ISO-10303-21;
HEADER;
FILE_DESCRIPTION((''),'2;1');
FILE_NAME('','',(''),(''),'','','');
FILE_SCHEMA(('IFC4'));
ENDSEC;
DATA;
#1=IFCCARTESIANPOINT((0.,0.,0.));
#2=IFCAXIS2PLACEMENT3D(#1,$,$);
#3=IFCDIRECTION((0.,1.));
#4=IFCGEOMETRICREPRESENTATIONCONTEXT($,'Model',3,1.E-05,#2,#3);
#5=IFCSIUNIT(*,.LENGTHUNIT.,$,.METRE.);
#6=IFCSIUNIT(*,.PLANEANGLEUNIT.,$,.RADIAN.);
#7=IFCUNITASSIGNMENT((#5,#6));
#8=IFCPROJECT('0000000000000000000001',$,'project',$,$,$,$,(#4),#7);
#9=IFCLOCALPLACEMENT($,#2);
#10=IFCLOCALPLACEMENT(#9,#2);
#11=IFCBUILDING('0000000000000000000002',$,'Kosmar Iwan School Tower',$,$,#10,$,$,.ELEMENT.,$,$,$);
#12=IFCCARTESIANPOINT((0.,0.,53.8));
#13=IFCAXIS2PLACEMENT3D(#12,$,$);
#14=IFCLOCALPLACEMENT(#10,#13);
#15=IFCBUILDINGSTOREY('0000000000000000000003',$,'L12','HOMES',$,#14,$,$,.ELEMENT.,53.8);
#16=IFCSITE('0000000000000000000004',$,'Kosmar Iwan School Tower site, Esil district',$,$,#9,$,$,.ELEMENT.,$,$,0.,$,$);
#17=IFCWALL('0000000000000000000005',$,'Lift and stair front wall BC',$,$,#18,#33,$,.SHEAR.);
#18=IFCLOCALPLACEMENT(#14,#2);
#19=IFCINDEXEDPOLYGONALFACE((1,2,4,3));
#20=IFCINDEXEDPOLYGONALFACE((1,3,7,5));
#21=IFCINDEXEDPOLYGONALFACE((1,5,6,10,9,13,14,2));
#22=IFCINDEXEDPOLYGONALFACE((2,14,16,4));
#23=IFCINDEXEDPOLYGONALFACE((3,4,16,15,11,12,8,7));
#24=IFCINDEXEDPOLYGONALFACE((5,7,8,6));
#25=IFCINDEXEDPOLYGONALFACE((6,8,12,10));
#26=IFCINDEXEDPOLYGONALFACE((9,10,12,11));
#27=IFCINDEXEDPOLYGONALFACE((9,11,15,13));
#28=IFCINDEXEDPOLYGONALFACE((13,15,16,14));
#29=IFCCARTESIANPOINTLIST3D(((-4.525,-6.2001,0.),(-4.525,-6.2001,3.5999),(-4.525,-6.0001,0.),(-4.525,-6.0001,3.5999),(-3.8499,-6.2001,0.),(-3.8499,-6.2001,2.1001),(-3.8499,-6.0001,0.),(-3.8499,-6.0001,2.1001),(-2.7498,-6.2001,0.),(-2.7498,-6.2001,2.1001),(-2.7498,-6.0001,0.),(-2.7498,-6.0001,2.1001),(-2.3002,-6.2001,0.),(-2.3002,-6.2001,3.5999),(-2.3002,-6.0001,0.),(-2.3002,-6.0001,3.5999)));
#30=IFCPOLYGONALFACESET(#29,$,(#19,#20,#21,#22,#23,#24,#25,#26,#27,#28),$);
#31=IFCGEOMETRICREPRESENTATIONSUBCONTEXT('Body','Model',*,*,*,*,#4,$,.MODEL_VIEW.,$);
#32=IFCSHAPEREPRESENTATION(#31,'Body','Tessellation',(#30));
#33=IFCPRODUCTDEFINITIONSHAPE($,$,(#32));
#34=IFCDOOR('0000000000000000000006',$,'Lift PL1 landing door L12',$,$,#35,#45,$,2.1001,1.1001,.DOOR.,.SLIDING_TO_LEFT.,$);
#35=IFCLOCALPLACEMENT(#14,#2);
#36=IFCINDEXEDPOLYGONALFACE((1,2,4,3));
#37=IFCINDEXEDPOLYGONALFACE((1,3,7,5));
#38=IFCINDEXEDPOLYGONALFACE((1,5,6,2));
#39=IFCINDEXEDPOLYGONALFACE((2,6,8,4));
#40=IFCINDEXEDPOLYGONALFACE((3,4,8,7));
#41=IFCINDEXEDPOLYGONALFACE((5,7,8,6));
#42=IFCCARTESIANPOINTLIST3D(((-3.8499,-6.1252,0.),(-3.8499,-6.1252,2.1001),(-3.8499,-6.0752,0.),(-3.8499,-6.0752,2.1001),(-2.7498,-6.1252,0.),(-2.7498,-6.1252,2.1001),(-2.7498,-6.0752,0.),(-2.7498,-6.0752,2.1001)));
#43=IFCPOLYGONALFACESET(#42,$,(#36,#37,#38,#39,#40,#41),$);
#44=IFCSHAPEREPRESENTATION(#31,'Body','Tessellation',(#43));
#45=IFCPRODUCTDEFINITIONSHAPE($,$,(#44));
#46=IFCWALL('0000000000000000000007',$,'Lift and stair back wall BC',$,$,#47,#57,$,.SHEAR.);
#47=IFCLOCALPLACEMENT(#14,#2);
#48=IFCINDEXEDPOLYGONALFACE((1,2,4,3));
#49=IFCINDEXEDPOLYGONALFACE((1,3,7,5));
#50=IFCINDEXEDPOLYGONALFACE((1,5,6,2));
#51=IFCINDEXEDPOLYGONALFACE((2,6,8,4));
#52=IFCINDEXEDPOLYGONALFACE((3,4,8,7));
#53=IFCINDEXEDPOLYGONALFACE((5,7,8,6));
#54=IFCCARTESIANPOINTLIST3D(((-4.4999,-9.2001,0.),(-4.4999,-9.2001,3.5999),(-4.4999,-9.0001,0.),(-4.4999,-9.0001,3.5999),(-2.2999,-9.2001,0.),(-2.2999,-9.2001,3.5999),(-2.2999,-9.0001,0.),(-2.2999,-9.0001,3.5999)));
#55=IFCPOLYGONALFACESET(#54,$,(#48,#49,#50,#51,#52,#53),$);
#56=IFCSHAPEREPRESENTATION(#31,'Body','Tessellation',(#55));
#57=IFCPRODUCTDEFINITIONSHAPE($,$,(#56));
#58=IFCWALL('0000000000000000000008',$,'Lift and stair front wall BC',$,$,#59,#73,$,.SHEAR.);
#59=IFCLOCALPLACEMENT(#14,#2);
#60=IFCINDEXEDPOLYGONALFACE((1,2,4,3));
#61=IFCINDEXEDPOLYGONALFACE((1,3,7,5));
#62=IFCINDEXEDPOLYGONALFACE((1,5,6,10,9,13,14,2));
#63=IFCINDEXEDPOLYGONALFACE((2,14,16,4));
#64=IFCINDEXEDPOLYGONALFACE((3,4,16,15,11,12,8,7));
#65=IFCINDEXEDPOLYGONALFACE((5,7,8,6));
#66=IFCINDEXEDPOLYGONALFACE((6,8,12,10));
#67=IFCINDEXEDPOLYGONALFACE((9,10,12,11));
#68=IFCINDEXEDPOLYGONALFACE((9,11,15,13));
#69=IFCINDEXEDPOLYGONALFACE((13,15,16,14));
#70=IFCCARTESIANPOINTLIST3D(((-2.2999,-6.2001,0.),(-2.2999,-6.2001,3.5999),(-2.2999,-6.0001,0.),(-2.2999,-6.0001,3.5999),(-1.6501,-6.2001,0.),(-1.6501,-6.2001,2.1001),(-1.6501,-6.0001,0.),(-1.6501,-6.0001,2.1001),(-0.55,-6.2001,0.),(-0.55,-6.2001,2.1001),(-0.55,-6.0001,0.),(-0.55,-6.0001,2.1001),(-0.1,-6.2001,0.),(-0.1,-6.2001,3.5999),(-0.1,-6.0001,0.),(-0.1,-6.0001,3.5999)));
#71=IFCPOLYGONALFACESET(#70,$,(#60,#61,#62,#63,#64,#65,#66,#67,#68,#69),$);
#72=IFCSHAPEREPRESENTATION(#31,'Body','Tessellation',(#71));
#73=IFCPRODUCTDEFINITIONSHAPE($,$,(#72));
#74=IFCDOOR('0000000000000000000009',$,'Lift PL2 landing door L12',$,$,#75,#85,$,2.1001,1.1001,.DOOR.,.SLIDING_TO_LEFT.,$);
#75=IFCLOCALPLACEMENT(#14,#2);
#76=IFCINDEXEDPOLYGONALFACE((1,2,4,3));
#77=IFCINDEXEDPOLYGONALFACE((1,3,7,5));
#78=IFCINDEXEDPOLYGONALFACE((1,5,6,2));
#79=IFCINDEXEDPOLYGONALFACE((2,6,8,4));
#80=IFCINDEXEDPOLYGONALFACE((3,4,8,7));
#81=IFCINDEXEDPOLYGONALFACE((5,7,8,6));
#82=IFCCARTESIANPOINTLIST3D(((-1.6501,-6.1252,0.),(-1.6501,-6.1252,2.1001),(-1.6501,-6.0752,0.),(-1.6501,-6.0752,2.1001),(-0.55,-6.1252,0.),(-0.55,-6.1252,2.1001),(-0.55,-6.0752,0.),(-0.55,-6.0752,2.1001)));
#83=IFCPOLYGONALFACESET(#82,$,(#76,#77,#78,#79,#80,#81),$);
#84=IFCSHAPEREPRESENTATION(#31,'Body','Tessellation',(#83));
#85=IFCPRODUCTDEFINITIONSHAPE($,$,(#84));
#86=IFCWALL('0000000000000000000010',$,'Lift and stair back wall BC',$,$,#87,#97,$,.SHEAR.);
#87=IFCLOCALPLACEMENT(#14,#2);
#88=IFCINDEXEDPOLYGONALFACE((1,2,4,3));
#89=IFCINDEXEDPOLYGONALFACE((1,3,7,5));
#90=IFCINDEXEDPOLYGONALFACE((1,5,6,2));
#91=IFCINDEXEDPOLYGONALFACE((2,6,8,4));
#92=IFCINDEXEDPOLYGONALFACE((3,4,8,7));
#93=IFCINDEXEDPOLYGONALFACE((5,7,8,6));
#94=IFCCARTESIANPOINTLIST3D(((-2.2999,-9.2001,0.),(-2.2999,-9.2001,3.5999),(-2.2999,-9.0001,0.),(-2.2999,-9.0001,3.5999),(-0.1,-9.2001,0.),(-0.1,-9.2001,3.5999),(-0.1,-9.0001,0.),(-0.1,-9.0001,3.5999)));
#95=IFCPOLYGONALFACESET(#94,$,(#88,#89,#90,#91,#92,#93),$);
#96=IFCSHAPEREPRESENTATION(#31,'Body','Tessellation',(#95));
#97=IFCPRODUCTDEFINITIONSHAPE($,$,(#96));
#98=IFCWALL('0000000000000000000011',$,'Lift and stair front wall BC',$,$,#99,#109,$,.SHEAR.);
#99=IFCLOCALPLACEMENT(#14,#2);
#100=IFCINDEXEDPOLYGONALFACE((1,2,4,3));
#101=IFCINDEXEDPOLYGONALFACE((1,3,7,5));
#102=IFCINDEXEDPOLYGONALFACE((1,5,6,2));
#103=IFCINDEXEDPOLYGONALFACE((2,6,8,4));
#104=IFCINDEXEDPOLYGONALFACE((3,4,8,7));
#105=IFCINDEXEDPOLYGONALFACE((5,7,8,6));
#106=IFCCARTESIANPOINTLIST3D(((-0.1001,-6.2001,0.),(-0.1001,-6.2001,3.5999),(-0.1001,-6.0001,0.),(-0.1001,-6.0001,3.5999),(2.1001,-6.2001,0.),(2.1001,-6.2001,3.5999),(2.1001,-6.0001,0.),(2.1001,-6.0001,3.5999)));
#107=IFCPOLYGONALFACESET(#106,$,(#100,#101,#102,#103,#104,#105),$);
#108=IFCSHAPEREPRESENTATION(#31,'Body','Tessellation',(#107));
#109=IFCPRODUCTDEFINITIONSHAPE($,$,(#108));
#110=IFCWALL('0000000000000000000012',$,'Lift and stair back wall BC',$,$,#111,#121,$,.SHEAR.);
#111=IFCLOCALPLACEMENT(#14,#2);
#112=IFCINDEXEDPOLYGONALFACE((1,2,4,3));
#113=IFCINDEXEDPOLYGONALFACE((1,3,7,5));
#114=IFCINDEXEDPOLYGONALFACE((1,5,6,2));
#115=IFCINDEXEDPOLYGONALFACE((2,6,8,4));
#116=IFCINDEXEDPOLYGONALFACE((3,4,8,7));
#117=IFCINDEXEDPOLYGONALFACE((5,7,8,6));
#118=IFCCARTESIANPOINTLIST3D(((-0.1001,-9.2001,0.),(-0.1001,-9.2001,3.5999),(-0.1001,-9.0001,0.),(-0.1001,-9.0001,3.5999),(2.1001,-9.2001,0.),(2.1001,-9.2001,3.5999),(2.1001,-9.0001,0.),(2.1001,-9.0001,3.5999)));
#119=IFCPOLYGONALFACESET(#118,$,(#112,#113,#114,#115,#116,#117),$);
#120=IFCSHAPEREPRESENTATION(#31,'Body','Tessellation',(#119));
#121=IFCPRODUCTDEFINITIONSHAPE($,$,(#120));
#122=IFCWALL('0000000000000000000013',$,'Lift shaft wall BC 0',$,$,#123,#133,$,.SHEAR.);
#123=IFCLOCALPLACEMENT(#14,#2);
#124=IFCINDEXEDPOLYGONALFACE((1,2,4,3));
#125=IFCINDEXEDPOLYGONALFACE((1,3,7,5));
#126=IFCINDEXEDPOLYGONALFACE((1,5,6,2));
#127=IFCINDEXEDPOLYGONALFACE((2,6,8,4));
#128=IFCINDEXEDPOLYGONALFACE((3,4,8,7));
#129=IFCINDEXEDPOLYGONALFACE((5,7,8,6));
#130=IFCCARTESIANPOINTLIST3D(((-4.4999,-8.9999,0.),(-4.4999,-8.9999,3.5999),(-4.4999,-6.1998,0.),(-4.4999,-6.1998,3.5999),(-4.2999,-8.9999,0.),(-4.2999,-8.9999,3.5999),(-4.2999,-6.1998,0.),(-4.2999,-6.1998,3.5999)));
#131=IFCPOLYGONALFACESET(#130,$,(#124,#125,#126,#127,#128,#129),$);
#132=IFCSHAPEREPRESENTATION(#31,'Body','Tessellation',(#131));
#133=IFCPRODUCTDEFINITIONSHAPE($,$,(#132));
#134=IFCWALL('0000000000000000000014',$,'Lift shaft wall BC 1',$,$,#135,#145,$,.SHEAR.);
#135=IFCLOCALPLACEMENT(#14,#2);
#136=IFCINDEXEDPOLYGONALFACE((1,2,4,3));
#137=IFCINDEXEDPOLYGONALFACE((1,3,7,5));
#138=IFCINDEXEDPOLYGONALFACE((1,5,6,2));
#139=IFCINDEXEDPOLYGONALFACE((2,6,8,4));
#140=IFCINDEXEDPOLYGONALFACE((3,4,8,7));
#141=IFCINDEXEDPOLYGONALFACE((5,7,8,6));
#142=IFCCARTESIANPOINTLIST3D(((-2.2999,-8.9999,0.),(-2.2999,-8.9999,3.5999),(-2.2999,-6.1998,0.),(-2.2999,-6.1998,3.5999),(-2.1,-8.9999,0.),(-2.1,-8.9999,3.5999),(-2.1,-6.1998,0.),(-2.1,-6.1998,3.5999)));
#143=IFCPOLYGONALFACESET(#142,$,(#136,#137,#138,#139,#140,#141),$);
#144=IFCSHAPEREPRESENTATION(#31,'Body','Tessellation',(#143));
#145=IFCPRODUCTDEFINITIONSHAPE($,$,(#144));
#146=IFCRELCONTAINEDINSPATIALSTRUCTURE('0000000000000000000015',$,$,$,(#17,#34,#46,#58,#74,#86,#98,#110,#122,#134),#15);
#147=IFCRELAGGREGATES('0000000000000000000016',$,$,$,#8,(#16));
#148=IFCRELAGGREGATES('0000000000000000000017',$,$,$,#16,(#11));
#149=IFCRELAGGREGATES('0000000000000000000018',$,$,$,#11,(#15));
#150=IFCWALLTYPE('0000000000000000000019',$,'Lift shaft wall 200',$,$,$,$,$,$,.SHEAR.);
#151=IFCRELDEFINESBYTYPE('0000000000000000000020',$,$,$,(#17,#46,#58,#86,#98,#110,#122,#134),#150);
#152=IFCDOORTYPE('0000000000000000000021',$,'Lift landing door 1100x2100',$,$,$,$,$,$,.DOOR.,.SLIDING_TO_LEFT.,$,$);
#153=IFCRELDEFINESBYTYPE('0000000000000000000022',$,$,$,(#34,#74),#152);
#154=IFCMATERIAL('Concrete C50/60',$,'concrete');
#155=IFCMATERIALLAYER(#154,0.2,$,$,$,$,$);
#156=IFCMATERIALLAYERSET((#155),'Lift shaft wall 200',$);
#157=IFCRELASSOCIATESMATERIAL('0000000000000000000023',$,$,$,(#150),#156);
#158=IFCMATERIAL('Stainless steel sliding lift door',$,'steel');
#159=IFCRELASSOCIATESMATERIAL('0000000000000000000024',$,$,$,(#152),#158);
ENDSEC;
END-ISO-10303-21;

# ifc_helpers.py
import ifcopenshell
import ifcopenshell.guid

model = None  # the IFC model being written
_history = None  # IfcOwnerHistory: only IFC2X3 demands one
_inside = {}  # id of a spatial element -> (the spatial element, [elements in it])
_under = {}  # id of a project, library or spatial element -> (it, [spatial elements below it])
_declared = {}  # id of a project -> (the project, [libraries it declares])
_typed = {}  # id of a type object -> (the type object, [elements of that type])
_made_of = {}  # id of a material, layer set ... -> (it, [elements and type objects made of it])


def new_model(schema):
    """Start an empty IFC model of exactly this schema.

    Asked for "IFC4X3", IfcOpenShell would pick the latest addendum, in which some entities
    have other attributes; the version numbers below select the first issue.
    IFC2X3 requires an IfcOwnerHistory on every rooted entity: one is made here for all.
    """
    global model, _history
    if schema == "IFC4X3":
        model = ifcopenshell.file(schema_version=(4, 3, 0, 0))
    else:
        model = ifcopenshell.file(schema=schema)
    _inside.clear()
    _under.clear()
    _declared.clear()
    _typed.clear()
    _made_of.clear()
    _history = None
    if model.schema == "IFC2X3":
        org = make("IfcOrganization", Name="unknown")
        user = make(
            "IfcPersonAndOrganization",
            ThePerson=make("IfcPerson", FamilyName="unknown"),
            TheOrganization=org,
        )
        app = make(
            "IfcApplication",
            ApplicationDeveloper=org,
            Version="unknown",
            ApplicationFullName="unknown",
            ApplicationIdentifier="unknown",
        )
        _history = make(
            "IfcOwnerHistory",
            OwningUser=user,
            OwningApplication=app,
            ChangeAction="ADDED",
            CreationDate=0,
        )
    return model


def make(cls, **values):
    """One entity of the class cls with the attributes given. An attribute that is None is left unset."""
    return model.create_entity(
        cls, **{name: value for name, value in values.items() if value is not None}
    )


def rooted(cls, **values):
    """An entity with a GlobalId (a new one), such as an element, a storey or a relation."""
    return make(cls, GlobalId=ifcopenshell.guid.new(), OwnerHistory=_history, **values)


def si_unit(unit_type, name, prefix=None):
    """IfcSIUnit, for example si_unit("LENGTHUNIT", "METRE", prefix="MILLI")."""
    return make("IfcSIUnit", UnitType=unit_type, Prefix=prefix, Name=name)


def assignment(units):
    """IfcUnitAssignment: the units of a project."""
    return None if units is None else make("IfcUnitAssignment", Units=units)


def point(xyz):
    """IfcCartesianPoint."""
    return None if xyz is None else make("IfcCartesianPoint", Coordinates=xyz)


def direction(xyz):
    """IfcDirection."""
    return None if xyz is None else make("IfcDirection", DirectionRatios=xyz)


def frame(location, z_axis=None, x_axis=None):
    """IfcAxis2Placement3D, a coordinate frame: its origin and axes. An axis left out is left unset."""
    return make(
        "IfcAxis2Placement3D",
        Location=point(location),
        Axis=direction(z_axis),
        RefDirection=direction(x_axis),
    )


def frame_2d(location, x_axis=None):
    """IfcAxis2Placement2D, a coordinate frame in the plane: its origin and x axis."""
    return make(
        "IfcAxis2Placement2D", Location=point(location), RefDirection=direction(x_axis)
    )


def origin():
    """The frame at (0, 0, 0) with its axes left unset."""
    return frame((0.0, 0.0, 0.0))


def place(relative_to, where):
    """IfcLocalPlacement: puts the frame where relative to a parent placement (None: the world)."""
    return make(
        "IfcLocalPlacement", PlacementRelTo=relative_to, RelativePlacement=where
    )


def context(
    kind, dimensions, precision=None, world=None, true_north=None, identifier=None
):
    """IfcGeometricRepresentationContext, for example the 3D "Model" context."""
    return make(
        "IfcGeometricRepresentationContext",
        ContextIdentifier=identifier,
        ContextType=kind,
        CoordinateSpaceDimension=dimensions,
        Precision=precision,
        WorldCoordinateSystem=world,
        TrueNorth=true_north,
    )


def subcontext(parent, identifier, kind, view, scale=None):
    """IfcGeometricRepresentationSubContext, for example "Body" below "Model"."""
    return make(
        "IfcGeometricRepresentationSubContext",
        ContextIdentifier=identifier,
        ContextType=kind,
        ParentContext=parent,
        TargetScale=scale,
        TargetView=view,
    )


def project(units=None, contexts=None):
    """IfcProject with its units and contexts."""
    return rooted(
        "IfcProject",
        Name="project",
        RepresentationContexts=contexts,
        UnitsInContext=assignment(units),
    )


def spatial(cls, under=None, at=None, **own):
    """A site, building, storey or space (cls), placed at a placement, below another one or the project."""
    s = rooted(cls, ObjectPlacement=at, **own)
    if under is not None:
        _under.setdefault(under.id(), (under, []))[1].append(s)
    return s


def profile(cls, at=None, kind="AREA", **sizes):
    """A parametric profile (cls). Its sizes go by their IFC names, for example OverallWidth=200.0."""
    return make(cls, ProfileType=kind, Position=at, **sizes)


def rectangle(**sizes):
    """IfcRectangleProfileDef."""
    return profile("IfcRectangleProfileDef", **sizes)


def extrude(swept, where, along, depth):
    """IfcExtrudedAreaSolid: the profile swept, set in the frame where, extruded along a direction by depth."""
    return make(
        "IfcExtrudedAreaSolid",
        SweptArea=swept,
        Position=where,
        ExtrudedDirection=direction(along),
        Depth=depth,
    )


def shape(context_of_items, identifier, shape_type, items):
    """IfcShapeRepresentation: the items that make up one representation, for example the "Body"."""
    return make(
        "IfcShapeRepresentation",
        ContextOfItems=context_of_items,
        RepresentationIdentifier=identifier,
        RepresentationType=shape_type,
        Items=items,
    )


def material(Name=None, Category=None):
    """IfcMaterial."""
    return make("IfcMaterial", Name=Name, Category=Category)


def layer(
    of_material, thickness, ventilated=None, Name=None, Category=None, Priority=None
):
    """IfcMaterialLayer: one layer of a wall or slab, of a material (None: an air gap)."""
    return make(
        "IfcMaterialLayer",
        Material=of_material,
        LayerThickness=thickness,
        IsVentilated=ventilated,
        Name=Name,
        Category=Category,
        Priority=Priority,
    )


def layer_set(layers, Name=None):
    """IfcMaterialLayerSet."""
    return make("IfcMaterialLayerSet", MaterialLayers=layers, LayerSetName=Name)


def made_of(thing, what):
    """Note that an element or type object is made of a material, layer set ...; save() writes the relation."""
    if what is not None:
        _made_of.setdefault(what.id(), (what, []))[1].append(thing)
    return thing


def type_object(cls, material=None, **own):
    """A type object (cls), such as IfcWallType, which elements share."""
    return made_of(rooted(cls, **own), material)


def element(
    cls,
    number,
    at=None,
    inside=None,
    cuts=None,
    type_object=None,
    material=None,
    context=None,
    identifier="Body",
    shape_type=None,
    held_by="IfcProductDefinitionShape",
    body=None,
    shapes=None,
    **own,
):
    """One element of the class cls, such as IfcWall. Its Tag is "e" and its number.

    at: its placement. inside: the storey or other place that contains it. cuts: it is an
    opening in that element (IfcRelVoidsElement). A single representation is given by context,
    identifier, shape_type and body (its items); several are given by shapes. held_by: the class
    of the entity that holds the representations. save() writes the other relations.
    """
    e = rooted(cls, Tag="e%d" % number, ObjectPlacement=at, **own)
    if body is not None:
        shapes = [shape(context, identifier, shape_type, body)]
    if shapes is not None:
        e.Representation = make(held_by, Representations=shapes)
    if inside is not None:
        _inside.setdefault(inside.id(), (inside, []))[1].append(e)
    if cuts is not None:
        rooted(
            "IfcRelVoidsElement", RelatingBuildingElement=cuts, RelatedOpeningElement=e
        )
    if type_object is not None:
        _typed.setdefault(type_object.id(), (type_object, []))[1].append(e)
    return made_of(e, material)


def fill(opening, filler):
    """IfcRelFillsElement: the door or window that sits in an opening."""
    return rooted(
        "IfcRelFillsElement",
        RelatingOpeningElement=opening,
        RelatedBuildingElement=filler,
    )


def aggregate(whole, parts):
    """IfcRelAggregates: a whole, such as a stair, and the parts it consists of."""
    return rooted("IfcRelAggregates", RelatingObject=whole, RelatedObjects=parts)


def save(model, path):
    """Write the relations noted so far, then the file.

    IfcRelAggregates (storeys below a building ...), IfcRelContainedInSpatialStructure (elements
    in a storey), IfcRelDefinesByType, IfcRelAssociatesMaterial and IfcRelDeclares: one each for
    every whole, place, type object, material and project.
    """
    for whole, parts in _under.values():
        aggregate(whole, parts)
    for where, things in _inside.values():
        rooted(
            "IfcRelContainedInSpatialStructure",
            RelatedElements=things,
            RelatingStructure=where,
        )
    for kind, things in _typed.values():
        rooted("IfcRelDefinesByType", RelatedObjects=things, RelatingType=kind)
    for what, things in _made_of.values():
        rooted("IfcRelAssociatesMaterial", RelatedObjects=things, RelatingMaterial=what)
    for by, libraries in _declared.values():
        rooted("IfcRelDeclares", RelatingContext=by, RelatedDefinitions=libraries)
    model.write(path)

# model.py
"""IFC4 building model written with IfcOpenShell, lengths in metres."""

from ifc_helpers import new_model, si_unit, direction, frame, frame_2d, origin, place, context, subcontext, project, spatial, rectangle, extrude, material, layer, layer_set, type_object, element, fill, save


model = new_model("IFC4")

# Units and contexts
model_context = context("Model", 3, precision=1e-05, world=origin(), true_north=direction((0.0, 1.0)))
body_context = subcontext(model_context, "Body", "Model", "MODEL_VIEW")
ifc_project = project(units=[si_unit("LENGTHUNIT", "METRE"), si_unit("PLANEANGLEUNIT", "RADIAN")], contexts=[model_context])

# Site, building, storey
site_placement = place(None, origin())
site = spatial("IfcSite", under=ifc_project, at=site_placement, Name="Kosmar Iwan School Tower site, Esil district", CompositionType="ELEMENT", RefElevation=0.0)
building_placement = place(site_placement, origin())
building = spatial("IfcBuilding", under=site, at=building_placement, Name="Kosmar Iwan School Tower", CompositionType="ELEMENT")
storey_placement = place(building_placement, frame((0.0, 0.0, 53.8)))
storey = spatial("IfcBuildingStorey", under=building, at=storey_placement, Name="L12", Description="HOMES", CompositionType="ELEMENT", Elevation=53.8)

# Wall, opening, door
ifc_material_1 = material(Name="Concrete C50/60", Category="concrete")
ifc_layer_1 = layer(ifc_material_1, 0.2)
ifc_layer_set_1 = layer_set([ifc_layer_1], Name="Lift shaft wall 200")
wall_type_1 = type_object("IfcWallType", Name="Lift shaft wall 200", PredefinedType="SHEAR", material=ifc_layer_set_1)
wall_1_placement = place(storey_placement, frame((-4.5249, -6.1001, 0.0), z_axis=(0.0, 0.0, 1.0), x_axis=(1.0, 0.0, 0.0)))
wall_1 = element("IfcWall", 1, at=wall_1_placement, inside=storey, type_object=wall_type_1, Name="Lift and stair front wall BC", PredefinedType="SHEAR", context=body_context, shape_type="SweptSolid", body=[
    extrude(rectangle(XDim=2.2249, YDim=0.2, at=frame_2d((1.1123, 0.0))), origin(), (0.0, 0.0, 1.0), 3.5999),
])
opening_1_placement = place(wall_1_placement, frame((0.675, 0.0, 0.0)))
opening_1 = element("IfcOpeningElement", 2, at=opening_1_placement, cuts=wall_1, PredefinedType="OPENING", context=body_context, shape_type="SweptSolid", body=[
    extrude(rectangle(XDim=1.1001, YDim=2.1001, at=frame_2d((0.55, 1.05))), frame((0.0, 0.1121, 0.0), z_axis=(0.0, -1.0, 0.0), x_axis=(1.0, 0.0, 0.0)), (0.0, 0.0, 1.0), 0.2239),
])
ifc_material_2 = material(Name="Stainless steel sliding lift door", Category="steel")
door_type_1 = type_object("IfcDoorType", Name="Lift landing door 1100x2100", OperationType="SLIDING_TO_LEFT", PredefinedType="DOOR", material=ifc_material_2)
door_1_placement = place(opening_1_placement, origin())
door_1 = element("IfcDoor", 3, at=door_1_placement, inside=storey, type_object=door_type_1, Name="Lift PL1 landing door L12", OperationType="SLIDING_TO_LEFT", OverallHeight=2.1001, OverallWidth=1.1001, PredefinedType="DOOR", context=body_context, shape_type="SweptSolid", body=[
    extrude(rectangle(XDim=1.1001, YDim=2.1001, at=frame_2d((0.55, 1.05))), frame((0.0, 0.0249, 0.0), z_axis=(0.0, -1.0, 0.0), x_axis=(1.0, 0.0, 0.0)), (0.0, 0.0, 1.0), 0.05),
])
fill(opening_1, door_1)

# Wall
wall_2_placement = place(storey_placement, frame((-4.5, -9.1001, 0.0), z_axis=(0.0, 0.0, 1.0), x_axis=(1.0, 0.0, 0.0)))
element("IfcWall", 4, at=wall_2_placement, inside=storey, type_object=wall_type_1, Name="Lift and stair back wall BC", PredefinedType="SHEAR", context=body_context, shape_type="SweptSolid", body=[
    extrude(rectangle(XDim=2.2, YDim=0.2, at=frame_2d((1.1001, 0.0))), origin(), (0.0, 0.0, 1.0), 3.5999),
])

# Wall, opening, door
wall_3_placement = place(storey_placement, frame((-2.3, -6.1001, 0.0), z_axis=(0.0, 0.0, 1.0), x_axis=(1.0, 0.0, 0.0)))
wall_3 = element("IfcWall", 5, at=wall_3_placement, inside=storey, type_object=wall_type_1, Name="Lift and stair front wall BC", PredefinedType="SHEAR", context=body_context, shape_type="SweptSolid", body=[
    extrude(rectangle(XDim=2.2, YDim=0.2, at=frame_2d((1.1001, 0.0))), origin(), (0.0, 0.0, 1.0), 3.5999),
])
opening_2_placement = place(wall_3_placement, frame((0.6499, 0.0, 0.0)))
opening_2 = element("IfcOpeningElement", 6, at=opening_2_placement, cuts=wall_3, PredefinedType="OPENING", context=body_context, shape_type="SweptSolid", body=[
    extrude(rectangle(XDim=1.1001, YDim=2.1001, at=frame_2d((0.55, 1.05))), frame((0.0, 0.1121, 0.0), z_axis=(0.0, -1.0, 0.0), x_axis=(1.0, 0.0, 0.0)), (0.0, 0.0, 1.0), 0.2239),
])
door_2_placement = place(opening_2_placement, origin())
door_2 = element("IfcDoor", 7, at=door_2_placement, inside=storey, type_object=door_type_1, Name="Lift PL2 landing door L12", OperationType="SLIDING_TO_LEFT", OverallHeight=2.1001, OverallWidth=1.1001, PredefinedType="DOOR", context=body_context, shape_type="SweptSolid", body=[
    extrude(rectangle(XDim=1.1001, YDim=2.1001, at=frame_2d((0.55, 1.05))), frame((0.0, 0.0249, 0.0), z_axis=(0.0, -1.0, 0.0), x_axis=(1.0, 0.0, 0.0)), (0.0, 0.0, 1.0), 0.05),
])
fill(opening_2, door_2)

# Walls
wall_4_placement = place(storey_placement, frame((-2.3, -9.1001, 0.0), z_axis=(0.0, 0.0, 1.0), x_axis=(1.0, 0.0, 0.0)))
element("IfcWall", 8, at=wall_4_placement, inside=storey, type_object=wall_type_1, Name="Lift and stair back wall BC", PredefinedType="SHEAR", context=body_context, shape_type="SweptSolid", body=[
    extrude(rectangle(XDim=2.2, YDim=0.2, at=frame_2d((1.1001, 0.0))), origin(), (0.0, 0.0, 1.0), 3.5999),
])
for number, where, z_axis, x_axis, name in (
    (9, (-0.1001, -6.1001, 0.0), (0.0, 0.0, 1.0), (1.0, 0.0, 0.0), "Lift and stair front wall BC"),
    (10, (-0.1001, -9.1001, 0.0), (0.0, 0.0, 1.0), (1.0, 0.0, 0.0), "Lift and stair back wall BC"),
):
    element("IfcWall", number, at=place(storey_placement, frame(where, z_axis=z_axis, x_axis=x_axis)), inside=storey, type_object=wall_type_1, Name=name, PredefinedType="SHEAR", context=body_context, shape_type="SweptSolid", body=[
        extrude(rectangle(XDim=2.2002, YDim=0.2, at=frame_2d((1.1001, 0.0))), origin(), (0.0, 0.0, 1.0), 3.5999),
    ])
for number, where, z_axis, x_axis, name in (
    (11, (-4.3999, -6.2, 0.0), (0.0, 0.0, 1.0), (0.0, -1.0, 0.0), "Lift shaft wall BC 0"),
    (12, (-2.2, -6.2, 0.0), (0.0, 0.0, 1.0), (0.0, -1.0, 0.0), "Lift shaft wall BC 1"),
):
    element("IfcWall", number, at=place(storey_placement, frame(where, z_axis=z_axis, x_axis=x_axis)), inside=storey, type_object=wall_type_1, Name=name, PredefinedType="SHEAR", context=body_context, shape_type="SweptSolid", body=[
        extrude(rectangle(XDim=2.8, YDim=0.2, at=frame_2d((1.3999, 0.0))), origin(), (0.0, 0.0, 1.0), 3.5999),
    ])

save(model, "model.ifc")
